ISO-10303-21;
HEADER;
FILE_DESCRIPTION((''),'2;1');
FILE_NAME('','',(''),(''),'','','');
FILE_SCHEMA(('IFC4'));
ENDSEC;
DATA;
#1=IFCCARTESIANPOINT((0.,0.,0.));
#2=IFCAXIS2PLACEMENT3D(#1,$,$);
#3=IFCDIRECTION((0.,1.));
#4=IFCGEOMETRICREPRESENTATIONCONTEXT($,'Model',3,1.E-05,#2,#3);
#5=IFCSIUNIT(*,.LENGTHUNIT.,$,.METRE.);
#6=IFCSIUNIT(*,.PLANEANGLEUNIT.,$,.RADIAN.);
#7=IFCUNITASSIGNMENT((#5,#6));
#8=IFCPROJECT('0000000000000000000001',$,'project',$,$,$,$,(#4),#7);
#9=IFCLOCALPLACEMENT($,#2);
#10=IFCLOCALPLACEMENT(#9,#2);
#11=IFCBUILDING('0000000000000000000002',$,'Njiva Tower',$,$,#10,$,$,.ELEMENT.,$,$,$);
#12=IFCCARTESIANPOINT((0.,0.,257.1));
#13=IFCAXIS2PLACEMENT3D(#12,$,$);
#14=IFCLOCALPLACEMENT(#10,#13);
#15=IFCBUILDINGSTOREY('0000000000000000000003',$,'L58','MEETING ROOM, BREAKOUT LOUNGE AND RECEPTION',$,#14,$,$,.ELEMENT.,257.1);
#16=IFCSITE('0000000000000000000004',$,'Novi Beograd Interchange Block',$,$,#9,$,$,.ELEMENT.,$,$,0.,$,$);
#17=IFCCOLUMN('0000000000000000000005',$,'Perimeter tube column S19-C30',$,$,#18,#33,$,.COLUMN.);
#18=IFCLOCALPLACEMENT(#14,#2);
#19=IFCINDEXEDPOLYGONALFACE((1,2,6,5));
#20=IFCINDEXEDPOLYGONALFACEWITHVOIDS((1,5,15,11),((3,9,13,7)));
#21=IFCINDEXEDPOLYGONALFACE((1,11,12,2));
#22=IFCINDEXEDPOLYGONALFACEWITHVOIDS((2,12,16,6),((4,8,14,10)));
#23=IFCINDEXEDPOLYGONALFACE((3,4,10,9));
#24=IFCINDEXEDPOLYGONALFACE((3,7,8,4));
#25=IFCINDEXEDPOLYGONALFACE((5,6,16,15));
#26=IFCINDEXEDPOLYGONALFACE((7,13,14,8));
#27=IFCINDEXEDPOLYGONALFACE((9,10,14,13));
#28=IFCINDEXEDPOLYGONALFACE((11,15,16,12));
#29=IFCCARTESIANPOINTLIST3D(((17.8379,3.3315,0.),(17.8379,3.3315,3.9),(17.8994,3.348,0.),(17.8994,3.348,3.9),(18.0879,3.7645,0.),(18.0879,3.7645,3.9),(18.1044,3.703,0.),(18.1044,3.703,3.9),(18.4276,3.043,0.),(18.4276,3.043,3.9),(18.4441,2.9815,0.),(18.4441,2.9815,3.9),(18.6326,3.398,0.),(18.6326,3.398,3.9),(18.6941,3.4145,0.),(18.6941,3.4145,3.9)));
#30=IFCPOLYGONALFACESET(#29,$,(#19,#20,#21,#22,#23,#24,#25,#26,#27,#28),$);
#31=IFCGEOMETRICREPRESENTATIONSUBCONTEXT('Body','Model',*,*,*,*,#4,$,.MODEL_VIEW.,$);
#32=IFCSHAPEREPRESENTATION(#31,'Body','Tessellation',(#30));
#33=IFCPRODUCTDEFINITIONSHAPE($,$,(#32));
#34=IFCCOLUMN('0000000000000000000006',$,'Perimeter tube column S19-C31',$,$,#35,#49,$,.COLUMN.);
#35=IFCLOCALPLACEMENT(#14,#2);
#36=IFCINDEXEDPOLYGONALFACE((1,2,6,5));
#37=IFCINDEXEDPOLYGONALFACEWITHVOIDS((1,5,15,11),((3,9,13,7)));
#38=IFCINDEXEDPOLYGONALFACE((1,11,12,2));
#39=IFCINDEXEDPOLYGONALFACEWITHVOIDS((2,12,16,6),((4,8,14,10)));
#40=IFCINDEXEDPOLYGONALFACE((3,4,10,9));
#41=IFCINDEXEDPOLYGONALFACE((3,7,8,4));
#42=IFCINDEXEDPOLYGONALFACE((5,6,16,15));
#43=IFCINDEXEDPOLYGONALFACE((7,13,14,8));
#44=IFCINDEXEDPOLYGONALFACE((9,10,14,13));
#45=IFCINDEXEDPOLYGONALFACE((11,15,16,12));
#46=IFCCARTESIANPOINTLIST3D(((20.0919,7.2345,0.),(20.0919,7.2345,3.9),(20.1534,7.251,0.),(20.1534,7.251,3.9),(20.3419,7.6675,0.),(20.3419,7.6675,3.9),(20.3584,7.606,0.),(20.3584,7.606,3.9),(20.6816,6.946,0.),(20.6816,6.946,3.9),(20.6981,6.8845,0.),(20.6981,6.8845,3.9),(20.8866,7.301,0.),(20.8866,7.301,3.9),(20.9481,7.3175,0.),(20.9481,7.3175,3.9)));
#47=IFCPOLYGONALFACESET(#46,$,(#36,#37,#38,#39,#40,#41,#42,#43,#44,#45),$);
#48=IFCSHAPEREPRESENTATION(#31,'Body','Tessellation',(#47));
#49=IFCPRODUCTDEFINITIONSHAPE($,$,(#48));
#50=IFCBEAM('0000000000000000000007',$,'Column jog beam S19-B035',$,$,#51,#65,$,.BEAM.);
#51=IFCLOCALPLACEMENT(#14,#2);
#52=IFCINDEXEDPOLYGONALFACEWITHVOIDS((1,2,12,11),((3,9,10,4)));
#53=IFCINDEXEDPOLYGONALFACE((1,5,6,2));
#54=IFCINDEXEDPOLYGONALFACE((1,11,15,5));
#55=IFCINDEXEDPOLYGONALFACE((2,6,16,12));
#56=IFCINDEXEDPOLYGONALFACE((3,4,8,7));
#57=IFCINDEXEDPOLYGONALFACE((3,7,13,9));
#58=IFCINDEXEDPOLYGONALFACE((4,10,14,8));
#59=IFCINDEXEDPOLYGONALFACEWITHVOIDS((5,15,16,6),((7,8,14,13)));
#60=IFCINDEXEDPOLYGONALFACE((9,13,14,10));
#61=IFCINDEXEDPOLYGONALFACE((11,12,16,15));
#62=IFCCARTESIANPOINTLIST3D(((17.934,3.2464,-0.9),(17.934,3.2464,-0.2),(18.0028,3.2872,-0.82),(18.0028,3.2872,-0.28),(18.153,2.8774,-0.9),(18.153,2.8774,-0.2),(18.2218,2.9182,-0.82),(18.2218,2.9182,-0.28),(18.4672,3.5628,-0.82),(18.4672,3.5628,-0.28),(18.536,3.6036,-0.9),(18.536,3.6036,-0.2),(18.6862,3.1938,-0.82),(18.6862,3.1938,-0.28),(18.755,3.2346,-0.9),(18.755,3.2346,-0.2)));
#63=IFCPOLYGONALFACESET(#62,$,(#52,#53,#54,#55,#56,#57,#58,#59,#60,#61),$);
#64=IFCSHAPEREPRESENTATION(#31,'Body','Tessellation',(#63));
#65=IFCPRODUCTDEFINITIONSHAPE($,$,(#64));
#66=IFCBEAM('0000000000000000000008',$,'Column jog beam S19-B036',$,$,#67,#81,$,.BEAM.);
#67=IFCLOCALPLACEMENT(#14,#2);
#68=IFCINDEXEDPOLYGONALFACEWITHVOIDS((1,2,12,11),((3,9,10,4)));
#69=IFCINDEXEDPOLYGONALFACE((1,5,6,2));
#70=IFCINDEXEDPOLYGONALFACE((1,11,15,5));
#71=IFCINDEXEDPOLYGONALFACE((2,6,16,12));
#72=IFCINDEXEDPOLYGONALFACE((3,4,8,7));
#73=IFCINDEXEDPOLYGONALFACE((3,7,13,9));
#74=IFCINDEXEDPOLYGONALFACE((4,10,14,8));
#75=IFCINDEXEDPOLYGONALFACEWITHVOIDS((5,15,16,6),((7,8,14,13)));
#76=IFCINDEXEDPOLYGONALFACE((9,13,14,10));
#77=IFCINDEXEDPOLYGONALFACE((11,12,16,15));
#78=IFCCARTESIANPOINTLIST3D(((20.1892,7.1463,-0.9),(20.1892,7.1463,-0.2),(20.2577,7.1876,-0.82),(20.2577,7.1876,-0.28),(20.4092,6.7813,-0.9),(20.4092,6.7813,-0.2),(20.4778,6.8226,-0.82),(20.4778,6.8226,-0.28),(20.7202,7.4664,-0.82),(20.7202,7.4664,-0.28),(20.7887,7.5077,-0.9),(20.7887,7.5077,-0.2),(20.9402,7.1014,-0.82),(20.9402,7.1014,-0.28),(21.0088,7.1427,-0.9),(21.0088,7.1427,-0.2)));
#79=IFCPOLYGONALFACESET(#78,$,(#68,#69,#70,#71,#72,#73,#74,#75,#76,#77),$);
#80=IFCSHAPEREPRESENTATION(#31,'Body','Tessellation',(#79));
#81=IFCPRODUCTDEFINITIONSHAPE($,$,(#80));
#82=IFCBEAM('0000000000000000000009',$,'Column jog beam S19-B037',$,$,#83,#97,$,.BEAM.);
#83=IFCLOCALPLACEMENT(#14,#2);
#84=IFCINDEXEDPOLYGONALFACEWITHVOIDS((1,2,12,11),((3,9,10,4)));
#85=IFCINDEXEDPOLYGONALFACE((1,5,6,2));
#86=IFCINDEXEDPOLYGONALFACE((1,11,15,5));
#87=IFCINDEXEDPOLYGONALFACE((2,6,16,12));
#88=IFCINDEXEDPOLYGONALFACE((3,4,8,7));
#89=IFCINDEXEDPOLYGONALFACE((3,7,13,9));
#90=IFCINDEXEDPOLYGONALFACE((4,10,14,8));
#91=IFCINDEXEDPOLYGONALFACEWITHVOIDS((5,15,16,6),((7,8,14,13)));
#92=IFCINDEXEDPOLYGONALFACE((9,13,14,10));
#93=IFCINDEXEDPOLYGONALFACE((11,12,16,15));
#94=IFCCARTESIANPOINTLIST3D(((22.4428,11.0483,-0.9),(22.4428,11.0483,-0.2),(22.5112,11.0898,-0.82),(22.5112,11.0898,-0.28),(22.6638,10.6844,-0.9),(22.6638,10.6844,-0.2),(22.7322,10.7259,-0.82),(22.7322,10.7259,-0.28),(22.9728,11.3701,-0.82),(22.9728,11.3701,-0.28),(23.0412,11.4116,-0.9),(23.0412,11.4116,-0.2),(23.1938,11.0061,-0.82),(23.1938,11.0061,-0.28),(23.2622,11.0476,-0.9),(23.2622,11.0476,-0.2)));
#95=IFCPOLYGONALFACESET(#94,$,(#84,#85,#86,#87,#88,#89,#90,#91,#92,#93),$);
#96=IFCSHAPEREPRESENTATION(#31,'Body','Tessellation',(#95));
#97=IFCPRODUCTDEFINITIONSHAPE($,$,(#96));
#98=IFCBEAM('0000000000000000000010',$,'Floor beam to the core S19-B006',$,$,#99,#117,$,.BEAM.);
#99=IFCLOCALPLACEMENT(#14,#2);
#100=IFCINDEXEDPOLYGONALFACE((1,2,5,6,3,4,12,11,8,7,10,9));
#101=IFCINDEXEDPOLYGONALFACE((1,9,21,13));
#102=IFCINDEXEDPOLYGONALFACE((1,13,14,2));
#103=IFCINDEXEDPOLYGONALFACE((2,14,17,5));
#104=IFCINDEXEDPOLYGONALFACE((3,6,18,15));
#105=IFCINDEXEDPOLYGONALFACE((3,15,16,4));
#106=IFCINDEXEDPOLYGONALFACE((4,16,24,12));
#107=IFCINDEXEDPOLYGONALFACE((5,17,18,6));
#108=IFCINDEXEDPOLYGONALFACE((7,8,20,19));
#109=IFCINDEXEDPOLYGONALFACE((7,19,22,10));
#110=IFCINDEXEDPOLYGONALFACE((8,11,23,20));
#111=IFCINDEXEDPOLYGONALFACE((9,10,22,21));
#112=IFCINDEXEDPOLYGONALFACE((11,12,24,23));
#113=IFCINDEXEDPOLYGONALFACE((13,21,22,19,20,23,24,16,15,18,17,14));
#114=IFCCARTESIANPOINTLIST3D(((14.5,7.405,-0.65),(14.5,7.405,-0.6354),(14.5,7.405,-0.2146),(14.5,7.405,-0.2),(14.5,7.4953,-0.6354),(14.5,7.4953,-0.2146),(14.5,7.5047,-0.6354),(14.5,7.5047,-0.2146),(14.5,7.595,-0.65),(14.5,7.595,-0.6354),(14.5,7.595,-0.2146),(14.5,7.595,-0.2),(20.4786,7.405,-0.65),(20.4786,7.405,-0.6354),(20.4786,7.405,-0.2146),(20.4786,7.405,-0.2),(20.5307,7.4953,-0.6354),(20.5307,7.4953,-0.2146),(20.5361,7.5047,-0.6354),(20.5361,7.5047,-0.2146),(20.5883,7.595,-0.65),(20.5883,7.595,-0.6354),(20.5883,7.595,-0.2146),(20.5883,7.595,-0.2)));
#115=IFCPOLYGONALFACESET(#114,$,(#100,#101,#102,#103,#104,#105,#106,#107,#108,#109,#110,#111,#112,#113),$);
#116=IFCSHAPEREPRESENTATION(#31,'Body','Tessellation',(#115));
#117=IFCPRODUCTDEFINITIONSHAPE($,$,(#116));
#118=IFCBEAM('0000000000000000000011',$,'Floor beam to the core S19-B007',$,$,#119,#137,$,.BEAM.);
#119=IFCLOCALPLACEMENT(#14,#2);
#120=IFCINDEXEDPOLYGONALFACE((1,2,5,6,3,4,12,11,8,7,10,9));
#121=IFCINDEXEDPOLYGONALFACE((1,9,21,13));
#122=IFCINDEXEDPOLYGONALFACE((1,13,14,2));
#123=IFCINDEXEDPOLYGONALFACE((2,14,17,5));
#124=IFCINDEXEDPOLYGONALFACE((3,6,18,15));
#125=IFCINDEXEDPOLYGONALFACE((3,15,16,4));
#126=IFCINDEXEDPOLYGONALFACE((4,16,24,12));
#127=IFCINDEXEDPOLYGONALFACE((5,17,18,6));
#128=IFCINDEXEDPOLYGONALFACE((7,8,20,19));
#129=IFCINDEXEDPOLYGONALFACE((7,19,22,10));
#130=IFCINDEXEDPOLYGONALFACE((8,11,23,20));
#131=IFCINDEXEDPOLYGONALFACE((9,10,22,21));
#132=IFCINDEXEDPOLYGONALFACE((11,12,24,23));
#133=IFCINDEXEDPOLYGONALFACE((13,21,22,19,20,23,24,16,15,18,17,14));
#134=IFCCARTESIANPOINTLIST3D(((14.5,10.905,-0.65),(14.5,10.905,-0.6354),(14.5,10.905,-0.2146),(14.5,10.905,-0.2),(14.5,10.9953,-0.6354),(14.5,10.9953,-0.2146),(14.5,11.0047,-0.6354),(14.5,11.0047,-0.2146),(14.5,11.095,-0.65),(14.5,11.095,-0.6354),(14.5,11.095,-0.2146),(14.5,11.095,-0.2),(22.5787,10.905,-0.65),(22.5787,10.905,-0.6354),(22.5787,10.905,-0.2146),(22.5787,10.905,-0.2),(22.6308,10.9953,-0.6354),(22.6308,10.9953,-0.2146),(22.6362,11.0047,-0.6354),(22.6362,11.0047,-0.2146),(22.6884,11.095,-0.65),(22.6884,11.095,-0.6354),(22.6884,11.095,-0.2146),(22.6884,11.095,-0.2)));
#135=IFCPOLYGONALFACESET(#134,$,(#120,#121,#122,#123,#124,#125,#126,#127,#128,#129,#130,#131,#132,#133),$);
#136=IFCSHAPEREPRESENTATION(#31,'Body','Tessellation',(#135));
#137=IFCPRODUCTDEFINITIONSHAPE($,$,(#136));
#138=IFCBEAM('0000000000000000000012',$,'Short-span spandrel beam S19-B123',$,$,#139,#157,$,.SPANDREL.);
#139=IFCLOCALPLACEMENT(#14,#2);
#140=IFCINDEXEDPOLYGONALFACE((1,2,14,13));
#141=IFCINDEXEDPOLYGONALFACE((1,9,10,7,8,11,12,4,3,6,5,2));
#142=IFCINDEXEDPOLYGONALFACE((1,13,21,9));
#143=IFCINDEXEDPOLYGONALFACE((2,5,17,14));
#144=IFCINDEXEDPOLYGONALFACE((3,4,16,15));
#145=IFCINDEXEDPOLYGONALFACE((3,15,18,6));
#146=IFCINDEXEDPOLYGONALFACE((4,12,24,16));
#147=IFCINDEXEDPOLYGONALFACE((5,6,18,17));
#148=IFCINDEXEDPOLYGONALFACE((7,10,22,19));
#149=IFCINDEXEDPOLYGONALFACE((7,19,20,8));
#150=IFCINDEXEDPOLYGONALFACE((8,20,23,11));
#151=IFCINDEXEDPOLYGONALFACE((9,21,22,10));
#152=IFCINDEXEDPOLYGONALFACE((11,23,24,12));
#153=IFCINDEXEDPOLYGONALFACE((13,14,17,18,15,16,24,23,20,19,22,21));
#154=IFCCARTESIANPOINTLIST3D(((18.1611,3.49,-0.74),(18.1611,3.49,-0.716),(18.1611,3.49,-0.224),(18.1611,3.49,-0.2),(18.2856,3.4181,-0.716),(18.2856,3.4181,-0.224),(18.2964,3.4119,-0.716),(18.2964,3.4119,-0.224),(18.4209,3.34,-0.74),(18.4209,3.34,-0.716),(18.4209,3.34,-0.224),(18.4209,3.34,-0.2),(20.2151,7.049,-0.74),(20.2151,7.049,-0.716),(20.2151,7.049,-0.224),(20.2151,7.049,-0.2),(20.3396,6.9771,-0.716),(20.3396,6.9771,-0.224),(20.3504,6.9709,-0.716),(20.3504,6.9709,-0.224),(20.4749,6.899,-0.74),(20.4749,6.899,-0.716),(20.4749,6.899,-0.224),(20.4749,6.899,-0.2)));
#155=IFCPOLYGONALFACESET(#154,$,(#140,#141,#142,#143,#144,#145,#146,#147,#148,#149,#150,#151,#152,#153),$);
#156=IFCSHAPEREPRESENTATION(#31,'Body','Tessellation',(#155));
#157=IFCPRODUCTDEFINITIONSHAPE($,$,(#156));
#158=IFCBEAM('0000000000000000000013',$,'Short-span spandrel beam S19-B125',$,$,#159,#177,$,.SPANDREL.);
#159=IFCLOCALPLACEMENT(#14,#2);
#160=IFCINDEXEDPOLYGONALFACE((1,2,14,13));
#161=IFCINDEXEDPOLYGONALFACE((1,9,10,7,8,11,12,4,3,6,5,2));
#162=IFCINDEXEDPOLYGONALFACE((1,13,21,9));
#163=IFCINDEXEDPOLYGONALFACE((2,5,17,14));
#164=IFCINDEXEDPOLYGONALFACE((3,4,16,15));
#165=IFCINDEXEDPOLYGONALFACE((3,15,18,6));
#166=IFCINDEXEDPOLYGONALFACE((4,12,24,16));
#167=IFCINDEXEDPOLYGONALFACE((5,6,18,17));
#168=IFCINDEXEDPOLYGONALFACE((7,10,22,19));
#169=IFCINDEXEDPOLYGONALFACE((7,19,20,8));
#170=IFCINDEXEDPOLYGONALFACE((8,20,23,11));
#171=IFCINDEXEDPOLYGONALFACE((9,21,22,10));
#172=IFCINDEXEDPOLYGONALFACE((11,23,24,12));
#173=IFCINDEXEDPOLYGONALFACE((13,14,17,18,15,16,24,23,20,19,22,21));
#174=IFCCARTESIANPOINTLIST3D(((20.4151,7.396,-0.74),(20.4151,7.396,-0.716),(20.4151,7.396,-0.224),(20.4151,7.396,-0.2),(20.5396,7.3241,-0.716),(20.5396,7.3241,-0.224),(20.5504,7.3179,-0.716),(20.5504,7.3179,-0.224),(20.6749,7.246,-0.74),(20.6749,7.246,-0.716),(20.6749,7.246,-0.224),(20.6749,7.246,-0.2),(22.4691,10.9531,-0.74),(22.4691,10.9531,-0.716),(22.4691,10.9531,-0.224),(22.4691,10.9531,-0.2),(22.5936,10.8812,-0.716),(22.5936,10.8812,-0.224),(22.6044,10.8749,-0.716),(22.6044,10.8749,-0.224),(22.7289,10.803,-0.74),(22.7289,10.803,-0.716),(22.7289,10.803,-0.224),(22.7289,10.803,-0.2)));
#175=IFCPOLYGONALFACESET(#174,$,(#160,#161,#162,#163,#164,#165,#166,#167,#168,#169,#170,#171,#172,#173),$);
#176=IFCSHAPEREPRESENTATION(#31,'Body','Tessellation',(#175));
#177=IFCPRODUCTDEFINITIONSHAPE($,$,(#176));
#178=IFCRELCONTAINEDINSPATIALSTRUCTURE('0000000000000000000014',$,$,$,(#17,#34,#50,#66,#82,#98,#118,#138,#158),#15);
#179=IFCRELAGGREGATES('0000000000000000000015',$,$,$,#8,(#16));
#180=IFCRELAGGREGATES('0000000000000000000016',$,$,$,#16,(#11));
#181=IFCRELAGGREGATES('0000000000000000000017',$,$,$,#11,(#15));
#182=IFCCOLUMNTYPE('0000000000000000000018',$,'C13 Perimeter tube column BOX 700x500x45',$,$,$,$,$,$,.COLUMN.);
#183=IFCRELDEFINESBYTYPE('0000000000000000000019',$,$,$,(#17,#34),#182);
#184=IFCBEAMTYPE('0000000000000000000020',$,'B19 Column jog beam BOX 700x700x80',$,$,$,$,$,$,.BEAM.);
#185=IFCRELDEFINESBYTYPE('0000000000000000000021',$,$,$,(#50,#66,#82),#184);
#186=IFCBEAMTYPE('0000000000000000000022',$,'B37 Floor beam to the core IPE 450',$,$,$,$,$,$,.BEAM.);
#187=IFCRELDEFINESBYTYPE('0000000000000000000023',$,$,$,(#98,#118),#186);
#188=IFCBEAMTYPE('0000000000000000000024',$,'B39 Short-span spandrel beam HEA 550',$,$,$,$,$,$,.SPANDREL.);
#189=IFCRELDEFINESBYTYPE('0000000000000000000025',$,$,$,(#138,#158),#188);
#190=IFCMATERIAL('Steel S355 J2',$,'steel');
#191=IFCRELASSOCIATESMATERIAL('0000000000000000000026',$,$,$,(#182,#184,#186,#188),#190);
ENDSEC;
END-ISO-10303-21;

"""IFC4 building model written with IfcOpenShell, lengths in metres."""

from ifc_helpers import new_model, si_unit, direction, frame, origin, origin_2d, place, context, subcontext, project, spatial, hollow_rectangle, i_section, extrude, clip, halfspace, material, material_profile, profile_set, type_object, element, save


model = new_model("IFC4")

# Units and contexts
model_context = context("Model", 3, precision=1e-05, world=origin(), true_north=direction((0.0, 1.0)))
body_context = subcontext(model_context, "Body", "Model", "MODEL_VIEW")
ifc_project = project(units=[si_unit("LENGTHUNIT", "METRE"), si_unit("PLANEANGLEUNIT", "RADIAN")], contexts=[model_context])

# Site, building, storey
site_placement = place(None, origin())
site = spatial("IfcSite", under=ifc_project, at=site_placement, Name="Novi Beograd Interchange Block", CompositionType="ELEMENT", RefElevation=0.0)
building_placement = place(site_placement, origin())
building = spatial("IfcBuilding", under=site, at=building_placement, Name="Njiva Tower", CompositionType="ELEMENT")
storey_placement = place(building_placement, frame((0.0, 0.0, 257.1)))
storey = spatial("IfcBuildingStorey", under=building, at=storey_placement, Name="L58", Description="MEETING ROOM, BREAKOUT LOUNGE AND RECEPTION", CompositionType="ELEMENT", Elevation=257.1)

# Columns
ifc_material_1 = material(Name="Steel S355 J2", Category="steel")
ifc_material_profile_1 = material_profile(ifc_material_1, hollow_rectangle(XDim=0.5, YDim=0.7, WallThickness=0.045, at=origin_2d()), Name="BOX 700x500x45")
ifc_profile_set_1 = profile_set([ifc_material_profile_1], Name="Steel S355 J2")
column_type = type_object("IfcColumnType", Name="C13 Perimeter tube column BOX 700x500x45", PredefinedType="COLUMN", material=ifc_profile_set_1)
for number, where, z_axis, x_axis, name in (
    (1, (18.266, 3.373, 0.0), (0.0, 0.0, 1.0), (0.5, 0.866025, 0.0), "Perimeter tube column S19-C30"),
    (2, (20.52, 7.276, 0.0), (0.0, 0.0, 1.0), (0.5, 0.866025, 0.0), "Perimeter tube column S19-C31"),
):
    element("IfcColumn", number, at=place(storey_placement, frame(where, z_axis=z_axis, x_axis=x_axis)), inside=storey, type_object=column_type, Name=name, PredefinedType="COLUMN", context=body_context, shape_type="SweptSolid", body=[
        extrude(hollow_rectangle(XDim=0.5, YDim=0.7, WallThickness=0.045, at=origin_2d()), origin(), (0.0, 0.0, 1.0), 3.9),
    ])

# Beams
ifc_material_profile_2 = material_profile(ifc_material_1, hollow_rectangle(XDim=0.7, YDim=0.7, WallThickness=0.08, at=origin_2d()), Name="BOX 700x700x80")
ifc_profile_set_2 = profile_set([ifc_material_profile_2], Name="Steel S355 J2")
beam_type_1 = type_object("IfcBeamType", Name="B19 Column jog beam BOX 700x700x80", PredefinedType="BEAM", material=ifc_profile_set_2)
beam_1_placement = place(storey_placement, frame((18.454, 3.056, -0.55), z_axis=(-0.510377, 0.859951, 0.0), x_axis=(-0.859951, -0.510377, 0.0)))
element("IfcBeam", 3, at=beam_1_placement, inside=storey, type_object=beam_type_1, Name="Column jog beam S19-B035", PredefinedType="BEAM", context=body_context, shape_type="SweptSolid", body=[
    extrude(hollow_rectangle(XDim=0.7, YDim=0.7, WallThickness=0.08, at=origin_2d()), origin(), (0.0, 0.0, 1.0), 0.4291),
])
beam_2_placement = place(storey_placement, frame((20.709, 6.962, -0.55), z_axis=(-0.51622, 0.856456, 0.0), x_axis=(-0.856456, -0.51622, 0.0)))
element("IfcBeam", 4, at=beam_2_placement, inside=storey, type_object=beam_type_1, Name="Column jog beam S19-B036", PredefinedType="BEAM", context=body_context, shape_type="SweptSolid", body=[
    extrude(hollow_rectangle(XDim=0.7, YDim=0.7, WallThickness=0.08, at=origin_2d()), origin(), (0.0, 0.0, 1.0), 0.4262),
])
beam_3_placement = place(storey_placement, frame((22.963, 10.866, -0.55), z_axis=(-0.518978, 0.854788, 0.0), x_axis=(-0.854788, -0.518978, 0.0)))
element("IfcBeam", 5, at=beam_3_placement, inside=storey, type_object=beam_type_1, Name="Column jog beam S19-B037", PredefinedType="BEAM", context=body_context, shape_type="SweptSolid", body=[
    extrude(hollow_rectangle(XDim=0.7, YDim=0.7, WallThickness=0.08, at=origin_2d()), origin(), (0.0, 0.0, 1.0), 0.4258),
])
ifc_material_profile_3 = material_profile(ifc_material_1, i_section(OverallWidth=0.19, OverallDepth=0.45, WebThickness=0.0094, FlangeThickness=0.0146, at=origin_2d()), Name="IPE 450")
ifc_profile_set_3 = profile_set([ifc_material_profile_3], Name="Steel S355 J2")
beam_type_2 = type_object("IfcBeamType", Name="B37 Floor beam to the core IPE 450", PredefinedType="BEAM", material=ifc_profile_set_3)
beam_4_placement = place(storey_placement, frame((14.5, 7.5, -0.425), z_axis=(1.0, 0.0, 0.0), x_axis=(0.0, 1.0, 0.0)))
element("IfcBeam", 6, at=beam_4_placement, inside=storey, type_object=beam_type_2, Name="Floor beam to the core S19-B006", PredefinedType="BEAM", context=body_context, shape_type="Clipping", body=[
    clip(extrude(i_section(OverallWidth=0.19, OverallDepth=0.45, WebThickness=0.0094, FlangeThickness=0.0146, at=origin_2d()), origin(), (0.0, 0.0, 1.0), 6.108), halfspace(frame((-0.025, 0.0, 6.019), z_axis=(-0.499998, 0.0, 0.866027), x_axis=(0.0, 1.0, 0.0)), False)),
])
beam_5_placement = place(storey_placement, frame((14.5, 11.0, -0.425), z_axis=(1.0, 0.0, 0.0), x_axis=(0.0, 1.0, 0.0)))
element("IfcBeam", 7, at=beam_5_placement, inside=storey, type_object=beam_type_2, Name="Floor beam to the core S19-B007", PredefinedType="BEAM", context=body_context, shape_type="Clipping", body=[
    clip(extrude(i_section(OverallWidth=0.19, OverallDepth=0.45, WebThickness=0.0094, FlangeThickness=0.0146, at=origin_2d()), origin(), (0.0, 0.0, 1.0), 8.209), halfspace(frame((-0.025, 0.0, 8.1191), z_axis=(-0.499998, 0.0, 0.866027), x_axis=(0.0, 1.0, 0.0)), False)),
])
ifc_material_profile_4 = material_profile(ifc_material_1, i_section(OverallWidth=0.3, OverallDepth=0.54, WebThickness=0.0125, FlangeThickness=0.024, at=origin_2d()), Name="HEA 550")
ifc_profile_set_4 = profile_set([ifc_material_profile_4], Name="Steel S355 J2")
beam_type_3 = type_object("IfcBeamType", Name="B39 Short-span spandrel beam HEA 550", PredefinedType="SPANDREL", material=ifc_profile_set_4)
beam_6_placement = place(storey_placement, frame((18.291, 3.415, -0.47), z_axis=(0.499856, 0.866109, 0.0), x_axis=(-0.866109, 0.499856, 0.0)))
element("IfcBeam", 8, at=beam_6_placement, inside=storey, type_object=beam_type_3, Name="Short-span spandrel beam S19-B123", PredefinedType="SPANDREL", context=body_context, shape_type="SweptSolid", body=[
    extrude(i_section(OverallWidth=0.3, OverallDepth=0.54, WebThickness=0.0125, FlangeThickness=0.024, at=origin_2d()), origin(), (0.0, 0.0, 1.0), 4.1092),
])
beam_7_placement = place(storey_placement, frame((20.545, 7.321, -0.47), z_axis=(0.500067, 0.865987, 0.0), x_axis=(-0.865987, 0.500067, 0.0)))
element("IfcBeam", 9, at=beam_7_placement, inside=storey, type_object=beam_type_3, Name="Short-span spandrel beam S19-B125", PredefinedType="SPANDREL", context=body_context, shape_type="SweptSolid", body=[
    extrude(i_section(OverallWidth=0.3, OverallDepth=0.54, WebThickness=0.0125, FlangeThickness=0.024, at=origin_2d()), origin(), (0.0, 0.0, 1.0), 4.1075),
])

save(model, "model.ifc")
